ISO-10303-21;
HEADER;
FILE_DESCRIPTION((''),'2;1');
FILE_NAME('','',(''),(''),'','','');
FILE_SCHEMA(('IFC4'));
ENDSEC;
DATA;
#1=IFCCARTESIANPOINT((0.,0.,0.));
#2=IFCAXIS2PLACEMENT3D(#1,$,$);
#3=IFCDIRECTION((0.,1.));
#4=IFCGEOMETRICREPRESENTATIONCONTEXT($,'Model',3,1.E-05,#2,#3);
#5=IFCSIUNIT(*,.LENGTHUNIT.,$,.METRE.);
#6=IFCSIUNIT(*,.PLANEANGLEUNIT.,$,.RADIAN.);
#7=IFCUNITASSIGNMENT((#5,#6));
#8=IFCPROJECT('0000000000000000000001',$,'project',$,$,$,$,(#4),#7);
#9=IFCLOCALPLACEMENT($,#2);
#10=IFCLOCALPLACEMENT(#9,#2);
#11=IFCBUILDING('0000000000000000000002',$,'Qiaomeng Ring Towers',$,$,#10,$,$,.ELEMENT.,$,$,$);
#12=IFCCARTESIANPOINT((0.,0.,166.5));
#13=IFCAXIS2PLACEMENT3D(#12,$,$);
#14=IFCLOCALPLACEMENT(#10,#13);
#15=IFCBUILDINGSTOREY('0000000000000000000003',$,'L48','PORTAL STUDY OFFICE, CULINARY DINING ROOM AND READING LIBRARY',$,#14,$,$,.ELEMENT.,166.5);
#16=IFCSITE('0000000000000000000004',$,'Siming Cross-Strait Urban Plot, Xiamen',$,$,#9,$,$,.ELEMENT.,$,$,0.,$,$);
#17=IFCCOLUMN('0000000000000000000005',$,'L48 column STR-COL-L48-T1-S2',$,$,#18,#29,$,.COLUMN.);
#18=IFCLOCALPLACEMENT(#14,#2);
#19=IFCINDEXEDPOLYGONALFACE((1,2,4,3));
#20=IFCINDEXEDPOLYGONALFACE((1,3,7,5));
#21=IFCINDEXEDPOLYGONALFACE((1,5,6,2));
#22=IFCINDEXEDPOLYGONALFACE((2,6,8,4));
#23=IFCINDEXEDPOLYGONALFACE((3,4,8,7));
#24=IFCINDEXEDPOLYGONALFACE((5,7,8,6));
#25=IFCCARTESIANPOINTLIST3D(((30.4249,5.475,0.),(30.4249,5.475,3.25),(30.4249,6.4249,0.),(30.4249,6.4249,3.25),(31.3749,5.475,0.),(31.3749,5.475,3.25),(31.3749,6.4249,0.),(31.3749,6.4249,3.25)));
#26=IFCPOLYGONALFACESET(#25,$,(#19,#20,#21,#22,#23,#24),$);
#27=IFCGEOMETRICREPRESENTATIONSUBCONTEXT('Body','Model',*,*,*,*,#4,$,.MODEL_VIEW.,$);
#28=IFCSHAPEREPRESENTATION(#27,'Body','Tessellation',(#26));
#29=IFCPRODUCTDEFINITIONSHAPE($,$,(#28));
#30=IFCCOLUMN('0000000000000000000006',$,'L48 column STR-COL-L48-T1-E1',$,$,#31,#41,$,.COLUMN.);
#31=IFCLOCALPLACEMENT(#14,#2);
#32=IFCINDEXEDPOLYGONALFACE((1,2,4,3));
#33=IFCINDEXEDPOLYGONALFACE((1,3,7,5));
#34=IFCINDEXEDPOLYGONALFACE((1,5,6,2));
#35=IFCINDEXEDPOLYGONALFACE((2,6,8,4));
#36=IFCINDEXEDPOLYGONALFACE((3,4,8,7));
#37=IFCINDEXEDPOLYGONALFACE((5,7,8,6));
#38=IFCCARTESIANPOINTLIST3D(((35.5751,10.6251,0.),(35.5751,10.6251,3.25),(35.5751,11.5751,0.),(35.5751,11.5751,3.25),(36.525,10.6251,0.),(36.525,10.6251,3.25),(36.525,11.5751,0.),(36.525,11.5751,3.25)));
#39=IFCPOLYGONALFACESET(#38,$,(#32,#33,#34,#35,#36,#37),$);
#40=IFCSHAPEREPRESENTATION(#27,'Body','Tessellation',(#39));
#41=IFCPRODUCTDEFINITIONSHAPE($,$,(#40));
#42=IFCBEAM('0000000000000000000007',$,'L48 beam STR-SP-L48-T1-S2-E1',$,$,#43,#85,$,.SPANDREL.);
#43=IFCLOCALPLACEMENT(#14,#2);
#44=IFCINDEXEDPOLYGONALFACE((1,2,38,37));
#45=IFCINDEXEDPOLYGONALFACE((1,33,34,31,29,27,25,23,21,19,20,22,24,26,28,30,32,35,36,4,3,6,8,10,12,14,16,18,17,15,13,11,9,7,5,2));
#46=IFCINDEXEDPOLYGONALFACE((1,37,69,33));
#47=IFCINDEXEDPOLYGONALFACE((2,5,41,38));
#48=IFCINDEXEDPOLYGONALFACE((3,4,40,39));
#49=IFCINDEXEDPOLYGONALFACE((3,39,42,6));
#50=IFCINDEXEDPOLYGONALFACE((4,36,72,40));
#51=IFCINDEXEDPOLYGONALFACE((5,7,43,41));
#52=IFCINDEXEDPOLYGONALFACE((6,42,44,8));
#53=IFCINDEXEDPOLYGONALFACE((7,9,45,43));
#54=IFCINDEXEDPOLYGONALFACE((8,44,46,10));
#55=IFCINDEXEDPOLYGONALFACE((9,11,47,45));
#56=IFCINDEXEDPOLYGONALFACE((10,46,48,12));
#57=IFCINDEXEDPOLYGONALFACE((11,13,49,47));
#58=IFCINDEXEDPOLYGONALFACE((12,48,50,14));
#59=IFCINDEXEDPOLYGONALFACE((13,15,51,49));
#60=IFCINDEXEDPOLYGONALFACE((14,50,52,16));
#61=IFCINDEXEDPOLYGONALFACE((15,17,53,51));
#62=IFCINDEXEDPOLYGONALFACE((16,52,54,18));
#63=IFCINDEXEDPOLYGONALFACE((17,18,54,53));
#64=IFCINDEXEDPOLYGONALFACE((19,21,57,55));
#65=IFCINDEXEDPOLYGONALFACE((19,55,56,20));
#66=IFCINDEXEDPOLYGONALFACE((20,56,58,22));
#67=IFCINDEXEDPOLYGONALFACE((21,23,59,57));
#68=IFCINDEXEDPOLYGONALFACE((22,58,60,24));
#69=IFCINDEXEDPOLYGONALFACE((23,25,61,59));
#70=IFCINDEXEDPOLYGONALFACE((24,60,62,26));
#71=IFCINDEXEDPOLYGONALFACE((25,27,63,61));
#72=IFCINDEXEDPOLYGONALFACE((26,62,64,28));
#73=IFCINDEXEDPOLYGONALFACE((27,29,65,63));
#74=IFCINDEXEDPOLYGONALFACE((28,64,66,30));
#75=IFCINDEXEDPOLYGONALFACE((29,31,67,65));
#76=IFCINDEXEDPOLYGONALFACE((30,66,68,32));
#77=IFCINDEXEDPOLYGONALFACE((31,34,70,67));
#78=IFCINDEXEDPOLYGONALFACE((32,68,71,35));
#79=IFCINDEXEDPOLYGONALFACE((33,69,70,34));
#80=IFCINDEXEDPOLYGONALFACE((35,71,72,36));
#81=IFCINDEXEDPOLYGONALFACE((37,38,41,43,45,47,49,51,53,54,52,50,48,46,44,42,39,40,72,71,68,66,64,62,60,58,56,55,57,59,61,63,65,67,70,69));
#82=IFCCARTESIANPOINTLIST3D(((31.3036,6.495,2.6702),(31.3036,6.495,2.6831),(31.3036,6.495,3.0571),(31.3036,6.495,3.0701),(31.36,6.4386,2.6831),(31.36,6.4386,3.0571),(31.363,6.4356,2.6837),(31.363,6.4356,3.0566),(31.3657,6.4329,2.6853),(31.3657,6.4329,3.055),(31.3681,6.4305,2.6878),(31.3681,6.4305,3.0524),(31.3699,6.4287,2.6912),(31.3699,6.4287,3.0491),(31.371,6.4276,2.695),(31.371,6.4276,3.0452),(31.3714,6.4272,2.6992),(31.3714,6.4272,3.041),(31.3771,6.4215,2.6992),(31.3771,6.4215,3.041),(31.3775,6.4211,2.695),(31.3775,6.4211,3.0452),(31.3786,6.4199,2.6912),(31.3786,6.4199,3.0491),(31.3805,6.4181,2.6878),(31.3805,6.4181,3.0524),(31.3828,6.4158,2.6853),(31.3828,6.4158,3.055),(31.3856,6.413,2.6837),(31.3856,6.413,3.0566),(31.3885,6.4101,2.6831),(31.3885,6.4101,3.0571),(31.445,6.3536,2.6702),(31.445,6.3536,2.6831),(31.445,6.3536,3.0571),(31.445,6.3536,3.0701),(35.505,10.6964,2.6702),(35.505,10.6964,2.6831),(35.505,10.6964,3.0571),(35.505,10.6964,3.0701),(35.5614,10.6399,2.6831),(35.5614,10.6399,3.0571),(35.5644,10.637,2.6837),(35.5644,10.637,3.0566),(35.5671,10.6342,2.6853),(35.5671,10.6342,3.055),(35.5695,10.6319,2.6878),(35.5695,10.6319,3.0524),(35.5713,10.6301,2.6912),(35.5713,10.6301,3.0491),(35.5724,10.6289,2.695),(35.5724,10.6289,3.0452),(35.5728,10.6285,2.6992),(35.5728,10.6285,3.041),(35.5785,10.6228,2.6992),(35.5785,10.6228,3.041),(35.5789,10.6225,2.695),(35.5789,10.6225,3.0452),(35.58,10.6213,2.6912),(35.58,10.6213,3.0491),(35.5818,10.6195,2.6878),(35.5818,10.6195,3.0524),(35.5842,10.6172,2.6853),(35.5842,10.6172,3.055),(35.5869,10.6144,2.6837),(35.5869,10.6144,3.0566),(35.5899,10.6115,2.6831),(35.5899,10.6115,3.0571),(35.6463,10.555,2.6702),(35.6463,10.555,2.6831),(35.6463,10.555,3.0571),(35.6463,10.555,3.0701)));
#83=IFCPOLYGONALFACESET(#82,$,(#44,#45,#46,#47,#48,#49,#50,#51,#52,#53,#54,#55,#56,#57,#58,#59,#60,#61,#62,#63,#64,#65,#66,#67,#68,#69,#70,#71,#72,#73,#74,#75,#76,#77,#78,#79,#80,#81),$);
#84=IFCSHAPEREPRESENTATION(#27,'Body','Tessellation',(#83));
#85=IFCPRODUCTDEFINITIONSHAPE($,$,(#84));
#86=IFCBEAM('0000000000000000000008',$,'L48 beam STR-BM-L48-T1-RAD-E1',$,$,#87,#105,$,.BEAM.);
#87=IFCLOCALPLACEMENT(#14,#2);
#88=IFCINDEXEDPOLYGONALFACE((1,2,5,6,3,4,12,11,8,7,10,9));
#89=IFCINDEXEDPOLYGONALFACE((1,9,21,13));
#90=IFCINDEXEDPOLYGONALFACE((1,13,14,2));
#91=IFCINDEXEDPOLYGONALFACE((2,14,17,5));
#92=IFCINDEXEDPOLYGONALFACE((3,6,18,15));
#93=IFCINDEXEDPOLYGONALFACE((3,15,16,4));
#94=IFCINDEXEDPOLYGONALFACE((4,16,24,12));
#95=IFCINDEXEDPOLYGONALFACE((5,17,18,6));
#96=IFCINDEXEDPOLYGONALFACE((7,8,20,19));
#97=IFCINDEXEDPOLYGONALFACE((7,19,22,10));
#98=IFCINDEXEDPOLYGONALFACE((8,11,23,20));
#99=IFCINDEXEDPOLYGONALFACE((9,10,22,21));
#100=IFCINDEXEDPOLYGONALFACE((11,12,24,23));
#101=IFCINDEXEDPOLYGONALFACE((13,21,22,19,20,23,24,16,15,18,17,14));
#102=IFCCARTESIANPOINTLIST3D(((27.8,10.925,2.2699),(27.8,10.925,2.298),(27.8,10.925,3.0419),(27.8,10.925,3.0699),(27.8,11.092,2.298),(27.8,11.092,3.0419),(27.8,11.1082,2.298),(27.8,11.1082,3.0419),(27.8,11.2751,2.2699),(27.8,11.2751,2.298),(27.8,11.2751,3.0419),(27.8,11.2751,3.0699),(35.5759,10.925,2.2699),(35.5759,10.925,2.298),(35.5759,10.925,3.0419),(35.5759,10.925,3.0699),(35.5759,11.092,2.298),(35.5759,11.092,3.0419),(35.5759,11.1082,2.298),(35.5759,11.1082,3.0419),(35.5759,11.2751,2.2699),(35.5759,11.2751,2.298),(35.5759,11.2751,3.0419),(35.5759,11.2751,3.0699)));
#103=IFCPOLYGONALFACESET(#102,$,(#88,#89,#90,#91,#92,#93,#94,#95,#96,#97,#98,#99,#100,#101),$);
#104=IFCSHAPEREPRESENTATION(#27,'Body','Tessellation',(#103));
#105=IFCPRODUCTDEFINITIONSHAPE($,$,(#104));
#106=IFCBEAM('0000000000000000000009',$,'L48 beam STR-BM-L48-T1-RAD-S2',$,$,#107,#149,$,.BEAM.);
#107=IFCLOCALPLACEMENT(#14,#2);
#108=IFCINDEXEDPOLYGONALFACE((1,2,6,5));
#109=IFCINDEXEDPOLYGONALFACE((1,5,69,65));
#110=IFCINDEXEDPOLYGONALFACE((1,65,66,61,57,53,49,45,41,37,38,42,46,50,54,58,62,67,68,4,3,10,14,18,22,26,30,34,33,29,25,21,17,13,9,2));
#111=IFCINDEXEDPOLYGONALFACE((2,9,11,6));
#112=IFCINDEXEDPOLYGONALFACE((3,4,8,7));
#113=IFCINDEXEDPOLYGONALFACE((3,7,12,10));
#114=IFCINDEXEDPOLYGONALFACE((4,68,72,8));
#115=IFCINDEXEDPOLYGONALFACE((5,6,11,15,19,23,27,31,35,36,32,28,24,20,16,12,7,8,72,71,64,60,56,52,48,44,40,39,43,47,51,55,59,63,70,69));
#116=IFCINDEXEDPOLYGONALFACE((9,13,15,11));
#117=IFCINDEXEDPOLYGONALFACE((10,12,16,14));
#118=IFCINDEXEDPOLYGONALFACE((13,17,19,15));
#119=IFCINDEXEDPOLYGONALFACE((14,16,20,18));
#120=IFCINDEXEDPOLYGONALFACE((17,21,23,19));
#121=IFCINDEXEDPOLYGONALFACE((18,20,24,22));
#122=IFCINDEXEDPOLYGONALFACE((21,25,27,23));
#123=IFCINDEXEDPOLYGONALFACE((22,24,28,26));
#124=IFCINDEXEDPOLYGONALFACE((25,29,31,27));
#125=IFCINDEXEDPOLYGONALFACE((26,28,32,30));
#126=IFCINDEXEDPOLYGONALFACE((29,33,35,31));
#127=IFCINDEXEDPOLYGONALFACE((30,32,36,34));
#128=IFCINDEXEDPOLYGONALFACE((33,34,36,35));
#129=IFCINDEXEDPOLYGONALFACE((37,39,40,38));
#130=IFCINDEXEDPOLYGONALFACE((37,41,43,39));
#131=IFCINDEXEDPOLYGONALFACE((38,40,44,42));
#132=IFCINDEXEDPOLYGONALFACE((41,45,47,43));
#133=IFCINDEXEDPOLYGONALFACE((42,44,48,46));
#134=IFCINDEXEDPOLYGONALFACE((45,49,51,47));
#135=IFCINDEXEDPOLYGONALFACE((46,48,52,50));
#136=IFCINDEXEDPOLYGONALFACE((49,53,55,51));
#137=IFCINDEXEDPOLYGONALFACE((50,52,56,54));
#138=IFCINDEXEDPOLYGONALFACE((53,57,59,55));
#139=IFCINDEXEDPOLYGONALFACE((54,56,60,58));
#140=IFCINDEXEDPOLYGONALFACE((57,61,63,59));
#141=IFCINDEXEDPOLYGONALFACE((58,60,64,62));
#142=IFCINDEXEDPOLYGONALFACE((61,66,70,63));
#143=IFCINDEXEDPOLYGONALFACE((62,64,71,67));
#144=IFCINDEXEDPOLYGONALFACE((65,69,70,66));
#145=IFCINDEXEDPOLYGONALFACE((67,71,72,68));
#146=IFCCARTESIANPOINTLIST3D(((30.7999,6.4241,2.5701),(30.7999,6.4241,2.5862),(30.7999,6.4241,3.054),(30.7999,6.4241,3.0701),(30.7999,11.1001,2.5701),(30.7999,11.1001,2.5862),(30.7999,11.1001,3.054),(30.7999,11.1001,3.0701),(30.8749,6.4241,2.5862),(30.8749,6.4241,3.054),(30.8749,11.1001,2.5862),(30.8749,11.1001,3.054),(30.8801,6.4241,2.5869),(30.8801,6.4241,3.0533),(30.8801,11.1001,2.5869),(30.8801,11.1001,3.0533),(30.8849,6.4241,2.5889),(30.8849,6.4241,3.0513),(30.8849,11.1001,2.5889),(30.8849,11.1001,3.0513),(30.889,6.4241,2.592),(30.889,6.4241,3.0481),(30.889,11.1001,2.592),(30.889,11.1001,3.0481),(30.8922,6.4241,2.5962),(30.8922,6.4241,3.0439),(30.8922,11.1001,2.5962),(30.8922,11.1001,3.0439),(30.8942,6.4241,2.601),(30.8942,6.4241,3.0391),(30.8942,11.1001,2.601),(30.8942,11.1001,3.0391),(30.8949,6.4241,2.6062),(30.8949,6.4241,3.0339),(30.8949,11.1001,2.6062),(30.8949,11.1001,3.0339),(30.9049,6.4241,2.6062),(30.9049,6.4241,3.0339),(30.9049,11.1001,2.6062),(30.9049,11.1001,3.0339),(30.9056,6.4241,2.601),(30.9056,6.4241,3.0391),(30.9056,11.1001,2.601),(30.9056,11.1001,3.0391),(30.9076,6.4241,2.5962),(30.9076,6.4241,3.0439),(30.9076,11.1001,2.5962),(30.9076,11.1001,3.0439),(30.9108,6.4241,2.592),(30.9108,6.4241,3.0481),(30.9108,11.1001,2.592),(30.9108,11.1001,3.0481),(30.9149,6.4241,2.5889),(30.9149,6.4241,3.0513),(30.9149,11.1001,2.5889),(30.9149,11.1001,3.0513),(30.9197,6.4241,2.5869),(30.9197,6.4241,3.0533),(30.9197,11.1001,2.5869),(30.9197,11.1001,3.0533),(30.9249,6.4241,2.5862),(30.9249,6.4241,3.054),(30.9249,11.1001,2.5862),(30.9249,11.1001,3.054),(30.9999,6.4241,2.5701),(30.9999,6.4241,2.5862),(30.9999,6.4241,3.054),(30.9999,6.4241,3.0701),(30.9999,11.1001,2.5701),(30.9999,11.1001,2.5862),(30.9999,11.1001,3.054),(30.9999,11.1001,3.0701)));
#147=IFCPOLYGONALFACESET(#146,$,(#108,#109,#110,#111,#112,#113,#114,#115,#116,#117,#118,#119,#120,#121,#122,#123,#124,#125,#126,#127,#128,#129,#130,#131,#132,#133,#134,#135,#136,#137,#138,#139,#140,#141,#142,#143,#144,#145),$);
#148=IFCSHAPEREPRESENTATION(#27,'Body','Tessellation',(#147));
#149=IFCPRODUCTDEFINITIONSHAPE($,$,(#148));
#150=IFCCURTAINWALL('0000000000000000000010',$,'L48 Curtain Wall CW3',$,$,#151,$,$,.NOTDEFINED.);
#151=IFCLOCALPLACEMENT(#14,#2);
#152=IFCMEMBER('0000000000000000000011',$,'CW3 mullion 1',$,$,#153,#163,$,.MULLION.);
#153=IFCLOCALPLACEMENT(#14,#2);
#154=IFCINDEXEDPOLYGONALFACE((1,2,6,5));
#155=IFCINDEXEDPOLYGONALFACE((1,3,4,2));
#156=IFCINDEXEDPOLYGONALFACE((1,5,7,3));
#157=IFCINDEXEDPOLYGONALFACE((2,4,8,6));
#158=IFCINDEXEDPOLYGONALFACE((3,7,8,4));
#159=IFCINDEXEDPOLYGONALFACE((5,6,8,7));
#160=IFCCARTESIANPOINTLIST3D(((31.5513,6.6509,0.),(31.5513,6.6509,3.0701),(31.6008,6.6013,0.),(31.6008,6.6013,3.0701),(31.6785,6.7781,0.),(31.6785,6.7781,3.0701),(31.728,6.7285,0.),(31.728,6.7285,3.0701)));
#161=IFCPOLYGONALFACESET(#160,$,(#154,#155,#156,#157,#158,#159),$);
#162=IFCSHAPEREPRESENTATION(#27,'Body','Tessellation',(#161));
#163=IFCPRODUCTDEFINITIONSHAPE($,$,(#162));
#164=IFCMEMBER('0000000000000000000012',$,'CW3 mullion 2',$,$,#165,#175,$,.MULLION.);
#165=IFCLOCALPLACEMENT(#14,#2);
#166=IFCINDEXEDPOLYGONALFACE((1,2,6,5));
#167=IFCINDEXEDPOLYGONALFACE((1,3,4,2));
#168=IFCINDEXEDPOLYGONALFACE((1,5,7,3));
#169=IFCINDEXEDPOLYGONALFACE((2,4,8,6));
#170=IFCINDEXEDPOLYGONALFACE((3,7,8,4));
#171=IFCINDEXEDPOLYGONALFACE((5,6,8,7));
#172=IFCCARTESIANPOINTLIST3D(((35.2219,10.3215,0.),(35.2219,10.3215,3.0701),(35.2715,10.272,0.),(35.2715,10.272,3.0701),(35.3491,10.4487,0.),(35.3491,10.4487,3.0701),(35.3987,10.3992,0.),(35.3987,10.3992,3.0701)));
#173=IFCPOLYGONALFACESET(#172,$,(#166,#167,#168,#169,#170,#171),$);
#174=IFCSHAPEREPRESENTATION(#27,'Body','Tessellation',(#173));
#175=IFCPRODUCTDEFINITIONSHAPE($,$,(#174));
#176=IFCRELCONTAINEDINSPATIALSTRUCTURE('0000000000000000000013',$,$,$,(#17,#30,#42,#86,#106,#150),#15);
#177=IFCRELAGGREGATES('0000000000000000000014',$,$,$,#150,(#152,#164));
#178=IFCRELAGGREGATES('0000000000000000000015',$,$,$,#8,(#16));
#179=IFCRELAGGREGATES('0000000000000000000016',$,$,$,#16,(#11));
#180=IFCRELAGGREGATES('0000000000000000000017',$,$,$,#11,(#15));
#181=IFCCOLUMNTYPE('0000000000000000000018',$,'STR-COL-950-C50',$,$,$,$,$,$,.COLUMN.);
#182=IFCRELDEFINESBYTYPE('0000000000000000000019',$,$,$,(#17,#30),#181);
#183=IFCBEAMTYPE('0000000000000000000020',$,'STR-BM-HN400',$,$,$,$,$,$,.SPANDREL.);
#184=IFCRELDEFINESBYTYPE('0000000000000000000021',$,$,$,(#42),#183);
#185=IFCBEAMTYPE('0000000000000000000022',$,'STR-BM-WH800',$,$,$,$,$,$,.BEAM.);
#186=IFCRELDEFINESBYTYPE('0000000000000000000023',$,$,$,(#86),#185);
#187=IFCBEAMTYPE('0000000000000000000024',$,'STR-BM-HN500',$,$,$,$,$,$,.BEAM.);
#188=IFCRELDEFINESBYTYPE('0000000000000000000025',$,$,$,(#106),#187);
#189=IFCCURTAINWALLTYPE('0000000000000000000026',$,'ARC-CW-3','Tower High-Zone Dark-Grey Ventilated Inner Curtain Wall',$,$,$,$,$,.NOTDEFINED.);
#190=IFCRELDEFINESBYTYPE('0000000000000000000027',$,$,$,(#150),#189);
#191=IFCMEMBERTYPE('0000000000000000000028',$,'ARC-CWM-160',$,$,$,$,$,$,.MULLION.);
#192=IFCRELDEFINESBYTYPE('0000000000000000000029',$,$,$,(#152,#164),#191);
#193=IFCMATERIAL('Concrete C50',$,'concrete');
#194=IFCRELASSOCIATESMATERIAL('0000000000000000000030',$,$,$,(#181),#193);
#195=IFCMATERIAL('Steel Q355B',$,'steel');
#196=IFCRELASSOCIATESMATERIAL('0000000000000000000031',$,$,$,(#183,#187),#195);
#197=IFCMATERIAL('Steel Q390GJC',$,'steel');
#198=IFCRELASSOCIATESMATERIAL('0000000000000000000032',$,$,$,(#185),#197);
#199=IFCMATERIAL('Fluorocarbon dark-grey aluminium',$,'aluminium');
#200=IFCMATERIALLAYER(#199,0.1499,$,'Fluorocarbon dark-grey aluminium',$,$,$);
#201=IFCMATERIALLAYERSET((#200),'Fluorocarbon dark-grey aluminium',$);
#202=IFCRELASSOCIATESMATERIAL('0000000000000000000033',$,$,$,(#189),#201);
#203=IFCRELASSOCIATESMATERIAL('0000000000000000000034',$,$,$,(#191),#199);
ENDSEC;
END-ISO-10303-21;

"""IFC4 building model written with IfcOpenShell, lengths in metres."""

from ifc_helpers import new_model, si_unit, direction, frame, origin, origin_2d, place, context, subcontext, project, spatial, rectangle, i_section, extrude, source, transform, mapped, material, layer, layer_set, material_profile, profile_set, type_object, element, aggregate, save


model = new_model("IFC4")

# Units and contexts
model_context = context("Model", 3, precision=1e-05, world=origin(), true_north=direction((0.0, 1.0)))
body_context = subcontext(model_context, "Body", "Model", "MODEL_VIEW")
ifc_project = project(units=[si_unit("LENGTHUNIT", "METRE"), si_unit("PLANEANGLEUNIT", "RADIAN")], contexts=[model_context])

# Site, building, storey
site_placement = place(None, origin())
site = spatial("IfcSite", under=ifc_project, at=site_placement, Name="Siming Cross-Strait Urban Plot, Xiamen", CompositionType="ELEMENT", RefElevation=0.0)
building_placement = place(site_placement, origin())
building = spatial("IfcBuilding", under=site, at=building_placement, Name="Qiaomeng Ring Towers", CompositionType="ELEMENT")
storey_placement = place(building_placement, frame((0.0, 0.0, 166.5)))
storey = spatial("IfcBuildingStorey", under=building, at=storey_placement, Name="L48", Description="PORTAL STUDY OFFICE, CULINARY DINING ROOM AND READING LIBRARY", CompositionType="ELEMENT", Elevation=166.5)

# Columns
ifc_material_1 = material(Name="Concrete C50", Category="concrete")
ifc_material_profile_1 = material_profile(ifc_material_1, rectangle(XDim=0.95, YDim=0.95, at=origin_2d()), Name="RC COL 950x950")
ifc_profile_set_1 = profile_set([ifc_material_profile_1], Name="Concrete C50")
column_type = type_object("IfcColumnType", Name="STR-COL-950-C50", PredefinedType="COLUMN", material=ifc_profile_set_1)
shared_shape_1 = source(origin(), body_context, "Body", "SweptSolid", [
    extrude(rectangle(XDim=0.95, YDim=0.95, at=origin_2d()), origin(), (0.0, 0.0, 1.0), 3.25),
])
for number, where, z_axis, x_axis, name in (
    (1, (30.8999, 5.95, 0.0), (0.0, 0.0, 1.0), (1.0, 0.0, 0.0), "L48 column STR-COL-L48-T1-S2"),
    (2, (36.05, 11.1001, 0.0), (0.0, 0.0, 1.0), (1.0, 0.0, 0.0), "L48 column STR-COL-L48-T1-E1"),
):
    element("IfcColumn", number, at=place(storey_placement, frame(where, z_axis=z_axis, x_axis=x_axis)), inside=storey, type_object=column_type, Name=name, PredefinedType="COLUMN", context=body_context, shape_type="MappedRepresentation", body=[
        mapped(shared_shape_1, transform((0.0, 0.0, 0.0), x_axis=(1.0, 0.0, 0.0), y_axis=(0.0, 1.0, 0.0), z_axis=(0.0, 0.0, 1.0), scale=1.0)),
    ])

# Beams
ifc_material_2 = material(Name="Steel Q355B", Category="steel")
ifc_material_profile_2 = material_profile(ifc_material_2, i_section(OverallWidth=0.2, OverallDepth=0.3999, WebThickness=0.0081, FlangeThickness=0.0129, FilletRadius=0.0161, at=origin_2d()), Name="HN 400x200x8x13")
ifc_profile_set_2 = profile_set([ifc_material_profile_2], Name="Steel Q355B")
beam_type_1 = type_object("IfcBeamType", Name="STR-BM-HN400", PredefinedType="SPANDREL", material=ifc_profile_set_2)
shared_shape_2 = source(origin(), body_context, "Body", "SweptSolid", [
    extrude(i_section(OverallWidth=0.2, OverallDepth=0.3999, WebThickness=0.0081, FlangeThickness=0.0129, FilletRadius=0.0161, at=origin_2d()), origin(), (0.0, 0.0, 1.0), 5.9417),
])
beam_1_placement = place(storey_placement, frame((31.3743, 6.4243, 2.8701), z_axis=(0.707107, 0.707107, 0.0), x_axis=(-0.707107, 0.707107, 0.0)))
element("IfcBeam", 3, at=beam_1_placement, inside=storey, type_object=beam_type_1, Name="L48 beam STR-SP-L48-T1-S2-E1", PredefinedType="SPANDREL", context=body_context, shape_type="MappedRepresentation", body=[
    mapped(shared_shape_2, transform((0.0, 0.0, 0.0), x_axis=(1.0, 0.0, 0.0), y_axis=(0.0, 1.0, 0.0), z_axis=(0.0, 0.0, 1.0), scale=1.0)),
])
ifc_material_3 = material(Name="Steel Q390GJC", Category="steel")
ifc_material_profile_3 = material_profile(ifc_material_3, i_section(OverallWidth=0.3501, OverallDepth=0.8, WebThickness=0.0161, FlangeThickness=0.0281, at=origin_2d()), Name="WH 800x350x16x28")
ifc_profile_set_3 = profile_set([ifc_material_profile_3], Name="Steel Q390GJC")
beam_type_2 = type_object("IfcBeamType", Name="STR-BM-WH800", PredefinedType="BEAM", material=ifc_profile_set_3)
shared_shape_3 = source(origin(), body_context, "Body", "SweptSolid", [
    extrude(i_section(OverallWidth=0.3501, OverallDepth=0.8, WebThickness=0.0161, FlangeThickness=0.0281, at=origin_2d()), origin(), (0.0, 0.0, 1.0), 7.7759),
])
beam_2_placement = place(storey_placement, frame((27.8, 11.1001, 2.6699), z_axis=(1.0, 0.0, 0.0), x_axis=(0.0, 1.0, 0.0)))
element("IfcBeam", 4, at=beam_2_placement, inside=storey, type_object=beam_type_2, Name="L48 beam STR-BM-L48-T1-RAD-E1", PredefinedType="BEAM", context=body_context, shape_type="MappedRepresentation", body=[
    mapped(shared_shape_3, transform((0.0, 0.0, 0.0), x_axis=(1.0, 0.0, 0.0), y_axis=(0.0, 1.0, 0.0), z_axis=(0.0, 0.0, 1.0), scale=1.0)),
])
ifc_material_profile_4 = material_profile(ifc_material_2, i_section(OverallWidth=0.2, OverallDepth=0.5, WebThickness=0.01, FlangeThickness=0.0161, FilletRadius=0.02, at=origin_2d()), Name="HN 500x200x10x16")
ifc_profile_set_4 = profile_set([ifc_material_profile_4], Name="Steel Q355B")
beam_type_3 = type_object("IfcBeamType", Name="STR-BM-HN500", PredefinedType="BEAM", material=ifc_profile_set_4)
shared_shape_4 = source(origin(), body_context, "Body", "SweptSolid", [
    extrude(i_section(OverallWidth=0.2, OverallDepth=0.5, WebThickness=0.01, FlangeThickness=0.0161, FilletRadius=0.02, at=origin_2d()), origin(), (0.0, 0.0, 1.0), 4.676),
])
beam_3_placement = place(storey_placement, frame((30.8999, 6.4241, 2.8201), z_axis=(0.0, 1.0, 0.0), x_axis=(-1.0, 0.0, 0.0)))
element("IfcBeam", 5, at=beam_3_placement, inside=storey, type_object=beam_type_3, Name="L48 beam STR-BM-L48-T1-RAD-S2", PredefinedType="BEAM", context=body_context, shape_type="MappedRepresentation", body=[
    mapped(shared_shape_4, transform((0.0, 0.0, 0.0), x_axis=(1.0, 0.0, 0.0), y_axis=(0.0, 1.0, 0.0), z_axis=(0.0, 0.0, 1.0), scale=1.0)),
])

# Curtain wall, members
ifc_material_4 = material(Name="Fluorocarbon dark-grey aluminium", Category="aluminium")
ifc_layer_1 = layer(ifc_material_4, 0.1499, Name="Fluorocarbon dark-grey aluminium")
ifc_layer_set_1 = layer_set([ifc_layer_1], Name="Fluorocarbon dark-grey aluminium")
curtain_wall_type = type_object("IfcCurtainWallType", Name="ARC-CW-3", Description="Tower High-Zone Dark-Grey Ventilated Inner Curtain Wall", PredefinedType="NOTDEFINED", material=ifc_layer_set_1)
curtain_wall_placement = place(storey_placement, origin())
curtain_wall = element("IfcCurtainWall", 6, at=curtain_wall_placement, inside=storey, type_object=curtain_wall_type, Name="L48 Curtain Wall CW3", PredefinedType="NOTDEFINED")
ifc_material_profile_5 = material_profile(ifc_material_4, rectangle(XDim=0.0701, YDim=0.1799, at=origin_2d()), Name="ALU MULL 70x180")
ifc_profile_set_5 = profile_set([ifc_material_profile_5], Name="Fluorocarbon dark-grey aluminium")
member_type_1 = type_object("IfcMemberType", Name="ARC-CWM-160", PredefinedType="MULLION", material=ifc_profile_set_5)
shared_shape_5 = source(origin(), body_context, "Body", "SweptSolid", [
    extrude(rectangle(XDim=0.0701, YDim=0.1799, at=origin_2d()), origin(), (0.0, 0.0, 1.0), 3.0701),
])
member_1_placement = place(storey_placement, frame((31.6396, 6.6897, 0.0), z_axis=(0.0, 0.0, 1.0), x_axis=(-0.707107, 0.707107, 0.0)))
member_1 = element("IfcMember", 7, at=member_1_placement, type_object=member_type_1, Name="CW3 mullion 1", PredefinedType="MULLION", context=body_context, shape_type="MappedRepresentation", body=[
    mapped(shared_shape_5, transform((0.0, 0.0, 0.0), x_axis=(1.0, 0.0, 0.0), y_axis=(0.0, 1.0, 0.0), z_axis=(0.0, 0.0, 1.0), scale=1.0)),
])
member_2_placement = place(storey_placement, frame((35.3103, 10.3604, 0.0), z_axis=(0.0, 0.0, 1.0), x_axis=(-0.707107, 0.707107, 0.0)))
member_2 = element("IfcMember", 8, at=member_2_placement, type_object=member_type_1, Name="CW3 mullion 2", PredefinedType="MULLION", context=body_context, shape_type="MappedRepresentation", body=[
    mapped(shared_shape_5, transform((0.0, 0.0, 0.0), x_axis=(1.0, 0.0, 0.0), y_axis=(0.0, 1.0, 0.0), z_axis=(0.0, 0.0, 1.0), scale=1.0)),
])
aggregate(curtain_wall, [member_1, member_2])

save(model, "model.ifc")
